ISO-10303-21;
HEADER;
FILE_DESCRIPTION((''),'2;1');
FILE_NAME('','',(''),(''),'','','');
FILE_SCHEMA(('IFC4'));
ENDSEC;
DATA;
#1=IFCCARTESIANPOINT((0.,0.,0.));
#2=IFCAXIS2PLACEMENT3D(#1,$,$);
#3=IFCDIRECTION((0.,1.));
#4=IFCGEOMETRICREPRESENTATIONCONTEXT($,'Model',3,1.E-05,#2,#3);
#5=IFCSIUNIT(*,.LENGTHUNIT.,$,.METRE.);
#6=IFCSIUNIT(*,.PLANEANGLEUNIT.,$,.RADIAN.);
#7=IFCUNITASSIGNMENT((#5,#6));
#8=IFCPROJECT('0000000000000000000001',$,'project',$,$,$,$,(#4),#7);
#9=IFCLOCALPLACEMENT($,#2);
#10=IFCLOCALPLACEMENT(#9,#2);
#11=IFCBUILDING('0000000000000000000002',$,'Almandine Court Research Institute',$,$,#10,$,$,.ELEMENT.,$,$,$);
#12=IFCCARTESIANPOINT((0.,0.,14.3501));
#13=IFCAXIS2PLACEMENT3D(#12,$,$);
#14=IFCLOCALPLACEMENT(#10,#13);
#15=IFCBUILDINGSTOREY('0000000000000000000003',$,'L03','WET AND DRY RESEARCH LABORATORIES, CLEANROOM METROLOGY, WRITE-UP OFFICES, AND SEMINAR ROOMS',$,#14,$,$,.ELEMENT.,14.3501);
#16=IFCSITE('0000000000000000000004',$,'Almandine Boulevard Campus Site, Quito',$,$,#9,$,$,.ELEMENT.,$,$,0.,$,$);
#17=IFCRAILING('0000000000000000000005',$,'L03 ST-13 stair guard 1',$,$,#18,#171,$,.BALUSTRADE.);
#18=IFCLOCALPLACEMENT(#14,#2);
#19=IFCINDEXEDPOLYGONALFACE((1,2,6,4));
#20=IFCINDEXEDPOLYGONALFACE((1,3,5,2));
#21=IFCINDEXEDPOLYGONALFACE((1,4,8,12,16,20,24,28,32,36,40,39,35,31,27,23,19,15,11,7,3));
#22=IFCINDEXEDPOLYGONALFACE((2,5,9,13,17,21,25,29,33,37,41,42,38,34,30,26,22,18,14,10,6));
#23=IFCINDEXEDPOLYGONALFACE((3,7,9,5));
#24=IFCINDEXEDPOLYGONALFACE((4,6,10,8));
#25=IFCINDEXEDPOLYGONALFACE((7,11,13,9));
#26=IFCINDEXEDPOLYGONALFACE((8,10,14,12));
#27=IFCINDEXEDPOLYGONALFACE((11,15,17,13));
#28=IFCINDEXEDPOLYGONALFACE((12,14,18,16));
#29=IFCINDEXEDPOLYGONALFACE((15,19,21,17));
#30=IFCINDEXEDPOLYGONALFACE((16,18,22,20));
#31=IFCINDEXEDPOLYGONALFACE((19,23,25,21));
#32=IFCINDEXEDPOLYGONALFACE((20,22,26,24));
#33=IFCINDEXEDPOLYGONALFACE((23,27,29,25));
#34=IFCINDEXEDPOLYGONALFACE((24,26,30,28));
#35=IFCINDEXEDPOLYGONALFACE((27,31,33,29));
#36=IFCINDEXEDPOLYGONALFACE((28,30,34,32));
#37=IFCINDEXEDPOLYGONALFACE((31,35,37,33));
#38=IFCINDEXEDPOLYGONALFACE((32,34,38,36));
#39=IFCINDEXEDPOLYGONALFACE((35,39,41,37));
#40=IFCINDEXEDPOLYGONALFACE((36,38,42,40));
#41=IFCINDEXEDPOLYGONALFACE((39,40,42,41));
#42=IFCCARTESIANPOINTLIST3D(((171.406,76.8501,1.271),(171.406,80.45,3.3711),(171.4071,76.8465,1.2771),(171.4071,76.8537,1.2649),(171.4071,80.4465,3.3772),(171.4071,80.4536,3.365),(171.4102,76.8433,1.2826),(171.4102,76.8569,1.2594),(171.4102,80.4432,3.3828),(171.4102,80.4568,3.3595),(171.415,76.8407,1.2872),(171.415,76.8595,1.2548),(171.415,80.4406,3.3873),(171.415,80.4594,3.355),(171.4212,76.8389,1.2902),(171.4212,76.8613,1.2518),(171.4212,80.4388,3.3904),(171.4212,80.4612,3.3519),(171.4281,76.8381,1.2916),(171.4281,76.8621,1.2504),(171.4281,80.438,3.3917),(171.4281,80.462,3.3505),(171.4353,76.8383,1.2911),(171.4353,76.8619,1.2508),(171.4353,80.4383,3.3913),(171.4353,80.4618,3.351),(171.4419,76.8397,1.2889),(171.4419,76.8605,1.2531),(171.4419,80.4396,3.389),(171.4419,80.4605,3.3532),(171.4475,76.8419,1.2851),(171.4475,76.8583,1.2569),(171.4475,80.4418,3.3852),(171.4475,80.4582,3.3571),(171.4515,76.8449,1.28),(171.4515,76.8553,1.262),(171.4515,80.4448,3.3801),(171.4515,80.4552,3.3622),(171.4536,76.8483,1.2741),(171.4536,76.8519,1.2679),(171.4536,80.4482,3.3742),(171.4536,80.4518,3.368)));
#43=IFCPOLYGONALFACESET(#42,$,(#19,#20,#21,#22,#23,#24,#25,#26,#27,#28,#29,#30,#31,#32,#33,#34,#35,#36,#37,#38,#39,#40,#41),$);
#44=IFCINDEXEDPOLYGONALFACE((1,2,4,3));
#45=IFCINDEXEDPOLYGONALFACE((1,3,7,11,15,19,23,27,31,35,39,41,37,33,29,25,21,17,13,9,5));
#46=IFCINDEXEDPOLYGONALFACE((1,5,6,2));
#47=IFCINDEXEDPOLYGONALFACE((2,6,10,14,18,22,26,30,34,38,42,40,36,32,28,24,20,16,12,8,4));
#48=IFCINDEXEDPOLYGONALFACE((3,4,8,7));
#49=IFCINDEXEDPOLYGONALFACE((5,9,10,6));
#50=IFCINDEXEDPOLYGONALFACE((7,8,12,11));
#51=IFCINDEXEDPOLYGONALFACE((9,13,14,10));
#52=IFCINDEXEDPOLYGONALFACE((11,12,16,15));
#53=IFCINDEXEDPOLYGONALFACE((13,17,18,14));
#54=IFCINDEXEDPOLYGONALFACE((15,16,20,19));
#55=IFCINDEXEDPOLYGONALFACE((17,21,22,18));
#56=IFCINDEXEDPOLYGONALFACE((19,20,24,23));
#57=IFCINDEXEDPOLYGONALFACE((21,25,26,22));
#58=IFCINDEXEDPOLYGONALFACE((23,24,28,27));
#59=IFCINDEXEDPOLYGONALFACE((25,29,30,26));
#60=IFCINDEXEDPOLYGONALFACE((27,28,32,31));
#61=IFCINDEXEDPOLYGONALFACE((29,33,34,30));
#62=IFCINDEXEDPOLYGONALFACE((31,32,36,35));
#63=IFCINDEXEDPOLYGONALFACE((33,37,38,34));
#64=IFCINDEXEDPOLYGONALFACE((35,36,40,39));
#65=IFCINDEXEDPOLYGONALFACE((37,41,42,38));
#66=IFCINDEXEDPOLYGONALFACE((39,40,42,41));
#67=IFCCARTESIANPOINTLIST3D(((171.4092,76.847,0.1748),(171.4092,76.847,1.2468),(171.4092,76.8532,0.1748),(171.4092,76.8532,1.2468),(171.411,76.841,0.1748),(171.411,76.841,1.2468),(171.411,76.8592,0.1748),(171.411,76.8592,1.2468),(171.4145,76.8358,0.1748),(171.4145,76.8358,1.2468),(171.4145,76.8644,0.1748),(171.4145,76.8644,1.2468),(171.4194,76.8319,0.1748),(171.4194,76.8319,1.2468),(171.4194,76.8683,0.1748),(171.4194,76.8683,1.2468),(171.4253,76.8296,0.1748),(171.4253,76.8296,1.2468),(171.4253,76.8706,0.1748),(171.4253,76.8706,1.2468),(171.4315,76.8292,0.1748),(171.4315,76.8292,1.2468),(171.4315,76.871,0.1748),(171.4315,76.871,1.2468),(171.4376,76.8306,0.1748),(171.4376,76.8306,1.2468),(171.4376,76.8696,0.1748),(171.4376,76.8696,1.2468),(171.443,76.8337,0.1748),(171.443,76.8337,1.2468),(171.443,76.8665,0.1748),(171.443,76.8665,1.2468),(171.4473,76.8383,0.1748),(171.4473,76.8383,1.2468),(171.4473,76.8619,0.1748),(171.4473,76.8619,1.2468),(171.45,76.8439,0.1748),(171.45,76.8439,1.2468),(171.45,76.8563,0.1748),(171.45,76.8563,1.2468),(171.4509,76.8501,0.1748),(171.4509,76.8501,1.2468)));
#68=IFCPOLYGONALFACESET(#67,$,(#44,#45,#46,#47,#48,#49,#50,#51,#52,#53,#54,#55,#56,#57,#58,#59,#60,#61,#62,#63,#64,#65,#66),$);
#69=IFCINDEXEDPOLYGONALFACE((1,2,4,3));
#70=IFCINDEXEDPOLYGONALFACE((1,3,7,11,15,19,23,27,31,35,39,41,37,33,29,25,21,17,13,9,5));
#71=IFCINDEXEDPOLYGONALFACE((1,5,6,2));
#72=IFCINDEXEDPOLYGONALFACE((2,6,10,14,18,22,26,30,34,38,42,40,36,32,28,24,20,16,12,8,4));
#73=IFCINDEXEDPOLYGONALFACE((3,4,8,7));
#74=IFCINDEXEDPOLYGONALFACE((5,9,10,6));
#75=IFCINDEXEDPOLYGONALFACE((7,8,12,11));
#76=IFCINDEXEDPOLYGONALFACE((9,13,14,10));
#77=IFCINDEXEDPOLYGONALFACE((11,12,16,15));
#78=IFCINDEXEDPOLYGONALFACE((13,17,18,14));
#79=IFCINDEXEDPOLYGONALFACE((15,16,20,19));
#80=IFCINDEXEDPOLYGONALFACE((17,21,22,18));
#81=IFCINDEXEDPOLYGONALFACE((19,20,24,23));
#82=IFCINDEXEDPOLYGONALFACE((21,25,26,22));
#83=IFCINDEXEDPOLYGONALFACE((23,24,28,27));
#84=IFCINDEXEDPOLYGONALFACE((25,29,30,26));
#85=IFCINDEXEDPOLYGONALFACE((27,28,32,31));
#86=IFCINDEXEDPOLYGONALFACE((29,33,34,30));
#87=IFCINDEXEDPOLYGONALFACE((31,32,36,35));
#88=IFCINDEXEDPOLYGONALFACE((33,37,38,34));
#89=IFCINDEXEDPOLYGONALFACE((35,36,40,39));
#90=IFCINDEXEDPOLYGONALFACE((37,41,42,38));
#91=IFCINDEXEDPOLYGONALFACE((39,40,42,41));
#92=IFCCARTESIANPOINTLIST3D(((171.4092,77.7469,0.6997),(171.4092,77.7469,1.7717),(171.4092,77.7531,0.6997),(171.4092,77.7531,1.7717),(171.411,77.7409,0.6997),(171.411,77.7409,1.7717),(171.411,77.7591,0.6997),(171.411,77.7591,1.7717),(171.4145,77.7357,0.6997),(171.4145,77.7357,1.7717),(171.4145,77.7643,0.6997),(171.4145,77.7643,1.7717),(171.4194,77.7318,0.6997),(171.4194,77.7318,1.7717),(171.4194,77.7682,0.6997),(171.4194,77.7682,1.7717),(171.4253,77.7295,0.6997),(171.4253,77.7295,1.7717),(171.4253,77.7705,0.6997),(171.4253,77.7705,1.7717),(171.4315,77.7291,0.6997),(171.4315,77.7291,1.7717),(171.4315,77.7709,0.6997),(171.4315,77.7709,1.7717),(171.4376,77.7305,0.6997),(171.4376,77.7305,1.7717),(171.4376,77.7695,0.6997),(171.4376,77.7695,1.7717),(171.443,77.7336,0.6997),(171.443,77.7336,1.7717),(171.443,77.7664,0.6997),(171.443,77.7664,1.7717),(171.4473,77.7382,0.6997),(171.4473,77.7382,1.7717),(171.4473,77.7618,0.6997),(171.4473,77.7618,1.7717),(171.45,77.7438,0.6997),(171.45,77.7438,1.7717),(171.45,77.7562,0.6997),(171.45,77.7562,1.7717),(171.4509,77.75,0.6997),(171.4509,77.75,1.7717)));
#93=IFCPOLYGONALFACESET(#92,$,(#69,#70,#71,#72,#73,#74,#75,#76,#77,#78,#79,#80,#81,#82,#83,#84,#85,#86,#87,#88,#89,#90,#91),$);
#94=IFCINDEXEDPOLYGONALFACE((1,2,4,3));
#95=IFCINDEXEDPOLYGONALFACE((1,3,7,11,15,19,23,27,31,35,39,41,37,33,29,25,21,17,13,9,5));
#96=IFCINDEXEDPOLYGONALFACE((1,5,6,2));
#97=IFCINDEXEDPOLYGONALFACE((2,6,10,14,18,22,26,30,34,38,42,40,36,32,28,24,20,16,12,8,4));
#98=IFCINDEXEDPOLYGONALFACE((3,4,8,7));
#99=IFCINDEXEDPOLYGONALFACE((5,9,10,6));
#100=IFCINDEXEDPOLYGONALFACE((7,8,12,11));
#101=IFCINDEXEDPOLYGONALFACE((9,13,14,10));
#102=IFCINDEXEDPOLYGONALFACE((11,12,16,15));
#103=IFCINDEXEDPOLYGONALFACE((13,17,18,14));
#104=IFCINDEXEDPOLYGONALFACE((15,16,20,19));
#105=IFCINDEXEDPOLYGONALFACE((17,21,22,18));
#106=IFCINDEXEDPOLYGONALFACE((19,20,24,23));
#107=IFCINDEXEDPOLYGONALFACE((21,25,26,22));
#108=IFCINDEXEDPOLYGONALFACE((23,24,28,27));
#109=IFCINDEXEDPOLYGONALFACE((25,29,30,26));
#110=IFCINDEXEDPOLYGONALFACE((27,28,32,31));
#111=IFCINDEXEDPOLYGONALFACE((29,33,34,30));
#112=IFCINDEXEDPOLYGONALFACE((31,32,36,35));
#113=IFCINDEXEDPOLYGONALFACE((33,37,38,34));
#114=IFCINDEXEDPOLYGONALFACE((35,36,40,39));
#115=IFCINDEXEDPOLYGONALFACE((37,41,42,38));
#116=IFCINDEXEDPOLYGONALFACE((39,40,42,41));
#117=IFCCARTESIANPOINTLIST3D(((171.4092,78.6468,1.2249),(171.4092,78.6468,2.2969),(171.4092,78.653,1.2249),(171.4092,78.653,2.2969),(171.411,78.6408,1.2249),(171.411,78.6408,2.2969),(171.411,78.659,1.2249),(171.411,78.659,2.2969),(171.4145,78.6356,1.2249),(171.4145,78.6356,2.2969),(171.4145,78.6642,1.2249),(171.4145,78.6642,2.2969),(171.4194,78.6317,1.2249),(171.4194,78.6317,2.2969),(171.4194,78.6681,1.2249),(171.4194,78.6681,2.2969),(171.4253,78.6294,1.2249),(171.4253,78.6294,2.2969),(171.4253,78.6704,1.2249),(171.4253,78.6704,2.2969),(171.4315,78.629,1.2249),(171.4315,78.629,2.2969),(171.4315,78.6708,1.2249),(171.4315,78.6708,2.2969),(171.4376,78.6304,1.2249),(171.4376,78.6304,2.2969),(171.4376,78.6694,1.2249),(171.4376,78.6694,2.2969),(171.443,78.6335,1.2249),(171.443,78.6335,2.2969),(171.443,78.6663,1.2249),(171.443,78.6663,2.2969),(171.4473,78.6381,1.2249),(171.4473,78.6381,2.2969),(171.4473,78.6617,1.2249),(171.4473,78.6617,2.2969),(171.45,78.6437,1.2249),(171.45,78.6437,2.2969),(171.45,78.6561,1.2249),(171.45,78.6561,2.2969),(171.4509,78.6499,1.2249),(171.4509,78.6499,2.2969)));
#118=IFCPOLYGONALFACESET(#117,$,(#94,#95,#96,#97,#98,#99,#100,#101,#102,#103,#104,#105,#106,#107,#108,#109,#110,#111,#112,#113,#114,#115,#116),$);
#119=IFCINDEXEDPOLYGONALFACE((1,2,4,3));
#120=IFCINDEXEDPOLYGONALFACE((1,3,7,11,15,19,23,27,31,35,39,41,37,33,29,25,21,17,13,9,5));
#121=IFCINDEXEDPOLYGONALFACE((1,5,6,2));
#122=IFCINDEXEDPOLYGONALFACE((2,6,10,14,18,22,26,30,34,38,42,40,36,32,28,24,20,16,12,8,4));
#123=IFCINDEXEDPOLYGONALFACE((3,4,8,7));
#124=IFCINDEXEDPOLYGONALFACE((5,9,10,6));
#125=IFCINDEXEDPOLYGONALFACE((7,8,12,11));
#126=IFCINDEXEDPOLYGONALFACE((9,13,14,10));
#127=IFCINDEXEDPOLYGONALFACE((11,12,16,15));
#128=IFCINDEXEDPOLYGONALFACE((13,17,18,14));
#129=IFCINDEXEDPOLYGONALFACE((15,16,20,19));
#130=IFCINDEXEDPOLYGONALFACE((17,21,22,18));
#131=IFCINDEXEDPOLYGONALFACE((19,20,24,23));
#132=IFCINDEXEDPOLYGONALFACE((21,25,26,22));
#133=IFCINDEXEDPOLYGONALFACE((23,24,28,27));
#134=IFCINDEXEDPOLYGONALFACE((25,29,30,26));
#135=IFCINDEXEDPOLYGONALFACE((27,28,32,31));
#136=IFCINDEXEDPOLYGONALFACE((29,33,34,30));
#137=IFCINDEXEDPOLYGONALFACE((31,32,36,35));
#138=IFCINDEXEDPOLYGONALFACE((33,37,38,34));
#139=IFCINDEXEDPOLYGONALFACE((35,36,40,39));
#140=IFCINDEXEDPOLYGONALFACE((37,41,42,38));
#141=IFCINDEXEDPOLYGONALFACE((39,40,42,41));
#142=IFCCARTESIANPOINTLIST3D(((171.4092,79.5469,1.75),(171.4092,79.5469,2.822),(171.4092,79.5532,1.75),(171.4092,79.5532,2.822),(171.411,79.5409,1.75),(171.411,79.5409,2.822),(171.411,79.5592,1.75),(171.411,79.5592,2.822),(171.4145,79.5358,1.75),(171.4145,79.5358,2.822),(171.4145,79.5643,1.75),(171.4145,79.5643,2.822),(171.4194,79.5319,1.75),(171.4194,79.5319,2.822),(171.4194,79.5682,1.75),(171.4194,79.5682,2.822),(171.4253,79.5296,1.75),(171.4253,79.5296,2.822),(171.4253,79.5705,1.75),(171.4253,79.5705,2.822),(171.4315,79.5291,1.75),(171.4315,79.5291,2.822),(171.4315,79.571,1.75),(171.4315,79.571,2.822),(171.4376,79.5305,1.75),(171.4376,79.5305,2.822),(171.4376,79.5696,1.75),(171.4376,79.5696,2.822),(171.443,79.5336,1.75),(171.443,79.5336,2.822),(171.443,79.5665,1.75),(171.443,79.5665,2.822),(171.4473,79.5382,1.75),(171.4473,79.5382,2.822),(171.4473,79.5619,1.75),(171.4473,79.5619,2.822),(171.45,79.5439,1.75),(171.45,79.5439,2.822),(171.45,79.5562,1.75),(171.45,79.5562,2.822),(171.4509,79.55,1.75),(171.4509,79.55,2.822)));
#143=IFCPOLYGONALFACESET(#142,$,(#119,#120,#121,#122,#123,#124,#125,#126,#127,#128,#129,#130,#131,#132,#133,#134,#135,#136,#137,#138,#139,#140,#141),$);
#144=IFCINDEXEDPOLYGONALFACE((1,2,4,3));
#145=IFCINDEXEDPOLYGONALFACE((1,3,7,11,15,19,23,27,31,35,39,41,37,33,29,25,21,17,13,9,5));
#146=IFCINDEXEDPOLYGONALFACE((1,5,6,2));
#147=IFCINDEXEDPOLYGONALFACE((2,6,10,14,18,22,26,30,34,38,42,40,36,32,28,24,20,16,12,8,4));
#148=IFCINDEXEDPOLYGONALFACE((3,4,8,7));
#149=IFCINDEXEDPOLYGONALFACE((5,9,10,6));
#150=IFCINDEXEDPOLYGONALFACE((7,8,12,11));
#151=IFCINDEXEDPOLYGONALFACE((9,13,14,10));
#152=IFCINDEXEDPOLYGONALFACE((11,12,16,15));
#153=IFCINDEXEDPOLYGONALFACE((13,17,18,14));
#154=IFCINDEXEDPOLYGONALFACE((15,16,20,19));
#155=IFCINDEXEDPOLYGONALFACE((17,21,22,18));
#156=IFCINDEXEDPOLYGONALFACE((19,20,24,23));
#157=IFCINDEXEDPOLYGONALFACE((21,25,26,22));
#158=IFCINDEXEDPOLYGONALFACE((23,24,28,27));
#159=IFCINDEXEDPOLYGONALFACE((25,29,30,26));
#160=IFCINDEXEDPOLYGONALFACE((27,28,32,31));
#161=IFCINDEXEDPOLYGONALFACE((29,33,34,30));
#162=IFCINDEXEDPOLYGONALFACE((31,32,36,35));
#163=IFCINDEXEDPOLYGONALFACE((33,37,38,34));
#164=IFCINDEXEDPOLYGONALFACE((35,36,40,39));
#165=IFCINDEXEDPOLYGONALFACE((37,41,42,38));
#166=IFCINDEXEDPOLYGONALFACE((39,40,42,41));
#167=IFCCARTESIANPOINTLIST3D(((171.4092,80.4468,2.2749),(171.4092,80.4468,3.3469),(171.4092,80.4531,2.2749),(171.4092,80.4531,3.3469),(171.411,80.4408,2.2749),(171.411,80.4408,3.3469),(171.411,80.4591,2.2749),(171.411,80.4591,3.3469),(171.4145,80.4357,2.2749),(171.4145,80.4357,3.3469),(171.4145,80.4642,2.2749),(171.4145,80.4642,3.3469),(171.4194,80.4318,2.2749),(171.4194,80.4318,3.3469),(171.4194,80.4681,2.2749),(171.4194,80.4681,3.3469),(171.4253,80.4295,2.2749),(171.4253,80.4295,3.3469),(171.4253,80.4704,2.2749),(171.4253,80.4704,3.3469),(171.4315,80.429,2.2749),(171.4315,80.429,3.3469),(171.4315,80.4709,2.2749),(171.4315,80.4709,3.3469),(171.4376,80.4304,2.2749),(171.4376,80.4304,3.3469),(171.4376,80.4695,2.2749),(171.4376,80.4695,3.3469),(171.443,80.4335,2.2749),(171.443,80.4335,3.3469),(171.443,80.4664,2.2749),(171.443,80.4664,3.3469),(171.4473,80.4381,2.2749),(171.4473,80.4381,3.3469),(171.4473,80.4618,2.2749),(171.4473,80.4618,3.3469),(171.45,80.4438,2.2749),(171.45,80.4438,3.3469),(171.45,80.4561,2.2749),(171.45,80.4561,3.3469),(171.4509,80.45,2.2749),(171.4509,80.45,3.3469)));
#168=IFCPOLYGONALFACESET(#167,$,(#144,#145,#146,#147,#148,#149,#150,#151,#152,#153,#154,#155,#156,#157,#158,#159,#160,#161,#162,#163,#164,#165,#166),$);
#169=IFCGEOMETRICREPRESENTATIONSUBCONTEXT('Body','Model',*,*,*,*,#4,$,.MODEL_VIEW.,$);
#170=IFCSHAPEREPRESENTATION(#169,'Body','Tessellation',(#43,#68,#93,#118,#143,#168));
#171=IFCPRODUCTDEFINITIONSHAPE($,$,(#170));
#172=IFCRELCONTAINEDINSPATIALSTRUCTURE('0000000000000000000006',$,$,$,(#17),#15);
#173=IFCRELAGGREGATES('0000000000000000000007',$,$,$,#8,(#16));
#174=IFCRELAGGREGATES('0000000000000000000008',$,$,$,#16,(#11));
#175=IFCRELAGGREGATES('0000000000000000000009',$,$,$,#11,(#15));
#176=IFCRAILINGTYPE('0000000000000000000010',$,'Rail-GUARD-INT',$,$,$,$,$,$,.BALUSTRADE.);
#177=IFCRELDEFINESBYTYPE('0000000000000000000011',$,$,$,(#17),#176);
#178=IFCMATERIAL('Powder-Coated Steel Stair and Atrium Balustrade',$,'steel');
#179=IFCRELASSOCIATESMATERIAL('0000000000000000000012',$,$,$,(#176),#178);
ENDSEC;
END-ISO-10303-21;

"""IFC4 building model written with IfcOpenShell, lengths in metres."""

from ifc_helpers import new_model, si_unit, direction, frame, origin, origin_2d, place, context, subcontext, project, spatial, circle, extrude, material, type_object, element, save


model = new_model("IFC4")

# Units and contexts
model_context = context("Model", 3, precision=1e-05, world=origin(), true_north=direction((0.0, 1.0)))
body_context = subcontext(model_context, "Body", "Model", "MODEL_VIEW")
ifc_project = project(units=[si_unit("LENGTHUNIT", "METRE"), si_unit("PLANEANGLEUNIT", "RADIAN")], contexts=[model_context])

# Site, building, storey
site_placement = place(None, origin())
site = spatial("IfcSite", under=ifc_project, at=site_placement, Name="Almandine Boulevard Campus Site, Quito", CompositionType="ELEMENT", RefElevation=0.0)
building_placement = place(site_placement, origin())
building = spatial("IfcBuilding", under=site, at=building_placement, Name="Almandine Court Research Institute", CompositionType="ELEMENT")
storey_placement = place(building_placement, frame((0.0, 0.0, 14.3501)))
storey = spatial("IfcBuildingStorey", under=building, at=storey_placement, Name="L03", Description="WET AND DRY RESEARCH LABORATORIES, CLEANROOM METROLOGY, WRITE-UP OFFICES, AND SEMINAR ROOMS", CompositionType="ELEMENT", Elevation=14.3501)

# Railing
ifc_material_1 = material(Name="Powder-Coated Steel Stair and Atrium Balustrade", Category="steel")
railing_type_1 = type_object("IfcRailingType", Name="Rail-GUARD-INT", PredefinedType="BALUSTRADE", material=ifc_material_1)
railing_1_placement = place(storey_placement, frame((171.4299, 76.8501, 0.1748)))
element("IfcRailing", 1, at=railing_1_placement, inside=storey, type_object=railing_type_1, Name="L03 ST-13 stair guard 1", PredefinedType="BALUSTRADE", context=body_context, shape_type="SweptSolid", body=[
    extrude(circle(Radius=0.0239, at=origin_2d()), frame((0.0, 0.0, 1.0962), z_axis=(0.0, 0.86376, 0.503904), x_axis=(-1.0, 0.0, 0.0)), (0.0, 0.0, 1.0), 4.1677),
    extrude(circle(Radius=0.021, at=origin_2d()), origin(), (0.0, 0.0, 1.0), 1.072),
    extrude(circle(Radius=0.021, at=origin_2d()), frame((0.0, 0.8999, 0.5249)), (0.0, 0.0, 1.0), 1.072),
    extrude(circle(Radius=0.021, at=origin_2d()), frame((0.0, 1.7998, 1.05)), (0.0, 0.0, 1.0), 1.072),
    extrude(circle(Radius=0.021, at=origin_2d()), frame((0.0, 2.7, 1.5752)), (0.0, 0.0, 1.0), 1.072),
    extrude(circle(Radius=0.021, at=origin_2d()), frame((0.0, 3.5999, 2.1001)), (0.0, 0.0, 1.0), 1.072),
])

save(model, "model.ifc")
